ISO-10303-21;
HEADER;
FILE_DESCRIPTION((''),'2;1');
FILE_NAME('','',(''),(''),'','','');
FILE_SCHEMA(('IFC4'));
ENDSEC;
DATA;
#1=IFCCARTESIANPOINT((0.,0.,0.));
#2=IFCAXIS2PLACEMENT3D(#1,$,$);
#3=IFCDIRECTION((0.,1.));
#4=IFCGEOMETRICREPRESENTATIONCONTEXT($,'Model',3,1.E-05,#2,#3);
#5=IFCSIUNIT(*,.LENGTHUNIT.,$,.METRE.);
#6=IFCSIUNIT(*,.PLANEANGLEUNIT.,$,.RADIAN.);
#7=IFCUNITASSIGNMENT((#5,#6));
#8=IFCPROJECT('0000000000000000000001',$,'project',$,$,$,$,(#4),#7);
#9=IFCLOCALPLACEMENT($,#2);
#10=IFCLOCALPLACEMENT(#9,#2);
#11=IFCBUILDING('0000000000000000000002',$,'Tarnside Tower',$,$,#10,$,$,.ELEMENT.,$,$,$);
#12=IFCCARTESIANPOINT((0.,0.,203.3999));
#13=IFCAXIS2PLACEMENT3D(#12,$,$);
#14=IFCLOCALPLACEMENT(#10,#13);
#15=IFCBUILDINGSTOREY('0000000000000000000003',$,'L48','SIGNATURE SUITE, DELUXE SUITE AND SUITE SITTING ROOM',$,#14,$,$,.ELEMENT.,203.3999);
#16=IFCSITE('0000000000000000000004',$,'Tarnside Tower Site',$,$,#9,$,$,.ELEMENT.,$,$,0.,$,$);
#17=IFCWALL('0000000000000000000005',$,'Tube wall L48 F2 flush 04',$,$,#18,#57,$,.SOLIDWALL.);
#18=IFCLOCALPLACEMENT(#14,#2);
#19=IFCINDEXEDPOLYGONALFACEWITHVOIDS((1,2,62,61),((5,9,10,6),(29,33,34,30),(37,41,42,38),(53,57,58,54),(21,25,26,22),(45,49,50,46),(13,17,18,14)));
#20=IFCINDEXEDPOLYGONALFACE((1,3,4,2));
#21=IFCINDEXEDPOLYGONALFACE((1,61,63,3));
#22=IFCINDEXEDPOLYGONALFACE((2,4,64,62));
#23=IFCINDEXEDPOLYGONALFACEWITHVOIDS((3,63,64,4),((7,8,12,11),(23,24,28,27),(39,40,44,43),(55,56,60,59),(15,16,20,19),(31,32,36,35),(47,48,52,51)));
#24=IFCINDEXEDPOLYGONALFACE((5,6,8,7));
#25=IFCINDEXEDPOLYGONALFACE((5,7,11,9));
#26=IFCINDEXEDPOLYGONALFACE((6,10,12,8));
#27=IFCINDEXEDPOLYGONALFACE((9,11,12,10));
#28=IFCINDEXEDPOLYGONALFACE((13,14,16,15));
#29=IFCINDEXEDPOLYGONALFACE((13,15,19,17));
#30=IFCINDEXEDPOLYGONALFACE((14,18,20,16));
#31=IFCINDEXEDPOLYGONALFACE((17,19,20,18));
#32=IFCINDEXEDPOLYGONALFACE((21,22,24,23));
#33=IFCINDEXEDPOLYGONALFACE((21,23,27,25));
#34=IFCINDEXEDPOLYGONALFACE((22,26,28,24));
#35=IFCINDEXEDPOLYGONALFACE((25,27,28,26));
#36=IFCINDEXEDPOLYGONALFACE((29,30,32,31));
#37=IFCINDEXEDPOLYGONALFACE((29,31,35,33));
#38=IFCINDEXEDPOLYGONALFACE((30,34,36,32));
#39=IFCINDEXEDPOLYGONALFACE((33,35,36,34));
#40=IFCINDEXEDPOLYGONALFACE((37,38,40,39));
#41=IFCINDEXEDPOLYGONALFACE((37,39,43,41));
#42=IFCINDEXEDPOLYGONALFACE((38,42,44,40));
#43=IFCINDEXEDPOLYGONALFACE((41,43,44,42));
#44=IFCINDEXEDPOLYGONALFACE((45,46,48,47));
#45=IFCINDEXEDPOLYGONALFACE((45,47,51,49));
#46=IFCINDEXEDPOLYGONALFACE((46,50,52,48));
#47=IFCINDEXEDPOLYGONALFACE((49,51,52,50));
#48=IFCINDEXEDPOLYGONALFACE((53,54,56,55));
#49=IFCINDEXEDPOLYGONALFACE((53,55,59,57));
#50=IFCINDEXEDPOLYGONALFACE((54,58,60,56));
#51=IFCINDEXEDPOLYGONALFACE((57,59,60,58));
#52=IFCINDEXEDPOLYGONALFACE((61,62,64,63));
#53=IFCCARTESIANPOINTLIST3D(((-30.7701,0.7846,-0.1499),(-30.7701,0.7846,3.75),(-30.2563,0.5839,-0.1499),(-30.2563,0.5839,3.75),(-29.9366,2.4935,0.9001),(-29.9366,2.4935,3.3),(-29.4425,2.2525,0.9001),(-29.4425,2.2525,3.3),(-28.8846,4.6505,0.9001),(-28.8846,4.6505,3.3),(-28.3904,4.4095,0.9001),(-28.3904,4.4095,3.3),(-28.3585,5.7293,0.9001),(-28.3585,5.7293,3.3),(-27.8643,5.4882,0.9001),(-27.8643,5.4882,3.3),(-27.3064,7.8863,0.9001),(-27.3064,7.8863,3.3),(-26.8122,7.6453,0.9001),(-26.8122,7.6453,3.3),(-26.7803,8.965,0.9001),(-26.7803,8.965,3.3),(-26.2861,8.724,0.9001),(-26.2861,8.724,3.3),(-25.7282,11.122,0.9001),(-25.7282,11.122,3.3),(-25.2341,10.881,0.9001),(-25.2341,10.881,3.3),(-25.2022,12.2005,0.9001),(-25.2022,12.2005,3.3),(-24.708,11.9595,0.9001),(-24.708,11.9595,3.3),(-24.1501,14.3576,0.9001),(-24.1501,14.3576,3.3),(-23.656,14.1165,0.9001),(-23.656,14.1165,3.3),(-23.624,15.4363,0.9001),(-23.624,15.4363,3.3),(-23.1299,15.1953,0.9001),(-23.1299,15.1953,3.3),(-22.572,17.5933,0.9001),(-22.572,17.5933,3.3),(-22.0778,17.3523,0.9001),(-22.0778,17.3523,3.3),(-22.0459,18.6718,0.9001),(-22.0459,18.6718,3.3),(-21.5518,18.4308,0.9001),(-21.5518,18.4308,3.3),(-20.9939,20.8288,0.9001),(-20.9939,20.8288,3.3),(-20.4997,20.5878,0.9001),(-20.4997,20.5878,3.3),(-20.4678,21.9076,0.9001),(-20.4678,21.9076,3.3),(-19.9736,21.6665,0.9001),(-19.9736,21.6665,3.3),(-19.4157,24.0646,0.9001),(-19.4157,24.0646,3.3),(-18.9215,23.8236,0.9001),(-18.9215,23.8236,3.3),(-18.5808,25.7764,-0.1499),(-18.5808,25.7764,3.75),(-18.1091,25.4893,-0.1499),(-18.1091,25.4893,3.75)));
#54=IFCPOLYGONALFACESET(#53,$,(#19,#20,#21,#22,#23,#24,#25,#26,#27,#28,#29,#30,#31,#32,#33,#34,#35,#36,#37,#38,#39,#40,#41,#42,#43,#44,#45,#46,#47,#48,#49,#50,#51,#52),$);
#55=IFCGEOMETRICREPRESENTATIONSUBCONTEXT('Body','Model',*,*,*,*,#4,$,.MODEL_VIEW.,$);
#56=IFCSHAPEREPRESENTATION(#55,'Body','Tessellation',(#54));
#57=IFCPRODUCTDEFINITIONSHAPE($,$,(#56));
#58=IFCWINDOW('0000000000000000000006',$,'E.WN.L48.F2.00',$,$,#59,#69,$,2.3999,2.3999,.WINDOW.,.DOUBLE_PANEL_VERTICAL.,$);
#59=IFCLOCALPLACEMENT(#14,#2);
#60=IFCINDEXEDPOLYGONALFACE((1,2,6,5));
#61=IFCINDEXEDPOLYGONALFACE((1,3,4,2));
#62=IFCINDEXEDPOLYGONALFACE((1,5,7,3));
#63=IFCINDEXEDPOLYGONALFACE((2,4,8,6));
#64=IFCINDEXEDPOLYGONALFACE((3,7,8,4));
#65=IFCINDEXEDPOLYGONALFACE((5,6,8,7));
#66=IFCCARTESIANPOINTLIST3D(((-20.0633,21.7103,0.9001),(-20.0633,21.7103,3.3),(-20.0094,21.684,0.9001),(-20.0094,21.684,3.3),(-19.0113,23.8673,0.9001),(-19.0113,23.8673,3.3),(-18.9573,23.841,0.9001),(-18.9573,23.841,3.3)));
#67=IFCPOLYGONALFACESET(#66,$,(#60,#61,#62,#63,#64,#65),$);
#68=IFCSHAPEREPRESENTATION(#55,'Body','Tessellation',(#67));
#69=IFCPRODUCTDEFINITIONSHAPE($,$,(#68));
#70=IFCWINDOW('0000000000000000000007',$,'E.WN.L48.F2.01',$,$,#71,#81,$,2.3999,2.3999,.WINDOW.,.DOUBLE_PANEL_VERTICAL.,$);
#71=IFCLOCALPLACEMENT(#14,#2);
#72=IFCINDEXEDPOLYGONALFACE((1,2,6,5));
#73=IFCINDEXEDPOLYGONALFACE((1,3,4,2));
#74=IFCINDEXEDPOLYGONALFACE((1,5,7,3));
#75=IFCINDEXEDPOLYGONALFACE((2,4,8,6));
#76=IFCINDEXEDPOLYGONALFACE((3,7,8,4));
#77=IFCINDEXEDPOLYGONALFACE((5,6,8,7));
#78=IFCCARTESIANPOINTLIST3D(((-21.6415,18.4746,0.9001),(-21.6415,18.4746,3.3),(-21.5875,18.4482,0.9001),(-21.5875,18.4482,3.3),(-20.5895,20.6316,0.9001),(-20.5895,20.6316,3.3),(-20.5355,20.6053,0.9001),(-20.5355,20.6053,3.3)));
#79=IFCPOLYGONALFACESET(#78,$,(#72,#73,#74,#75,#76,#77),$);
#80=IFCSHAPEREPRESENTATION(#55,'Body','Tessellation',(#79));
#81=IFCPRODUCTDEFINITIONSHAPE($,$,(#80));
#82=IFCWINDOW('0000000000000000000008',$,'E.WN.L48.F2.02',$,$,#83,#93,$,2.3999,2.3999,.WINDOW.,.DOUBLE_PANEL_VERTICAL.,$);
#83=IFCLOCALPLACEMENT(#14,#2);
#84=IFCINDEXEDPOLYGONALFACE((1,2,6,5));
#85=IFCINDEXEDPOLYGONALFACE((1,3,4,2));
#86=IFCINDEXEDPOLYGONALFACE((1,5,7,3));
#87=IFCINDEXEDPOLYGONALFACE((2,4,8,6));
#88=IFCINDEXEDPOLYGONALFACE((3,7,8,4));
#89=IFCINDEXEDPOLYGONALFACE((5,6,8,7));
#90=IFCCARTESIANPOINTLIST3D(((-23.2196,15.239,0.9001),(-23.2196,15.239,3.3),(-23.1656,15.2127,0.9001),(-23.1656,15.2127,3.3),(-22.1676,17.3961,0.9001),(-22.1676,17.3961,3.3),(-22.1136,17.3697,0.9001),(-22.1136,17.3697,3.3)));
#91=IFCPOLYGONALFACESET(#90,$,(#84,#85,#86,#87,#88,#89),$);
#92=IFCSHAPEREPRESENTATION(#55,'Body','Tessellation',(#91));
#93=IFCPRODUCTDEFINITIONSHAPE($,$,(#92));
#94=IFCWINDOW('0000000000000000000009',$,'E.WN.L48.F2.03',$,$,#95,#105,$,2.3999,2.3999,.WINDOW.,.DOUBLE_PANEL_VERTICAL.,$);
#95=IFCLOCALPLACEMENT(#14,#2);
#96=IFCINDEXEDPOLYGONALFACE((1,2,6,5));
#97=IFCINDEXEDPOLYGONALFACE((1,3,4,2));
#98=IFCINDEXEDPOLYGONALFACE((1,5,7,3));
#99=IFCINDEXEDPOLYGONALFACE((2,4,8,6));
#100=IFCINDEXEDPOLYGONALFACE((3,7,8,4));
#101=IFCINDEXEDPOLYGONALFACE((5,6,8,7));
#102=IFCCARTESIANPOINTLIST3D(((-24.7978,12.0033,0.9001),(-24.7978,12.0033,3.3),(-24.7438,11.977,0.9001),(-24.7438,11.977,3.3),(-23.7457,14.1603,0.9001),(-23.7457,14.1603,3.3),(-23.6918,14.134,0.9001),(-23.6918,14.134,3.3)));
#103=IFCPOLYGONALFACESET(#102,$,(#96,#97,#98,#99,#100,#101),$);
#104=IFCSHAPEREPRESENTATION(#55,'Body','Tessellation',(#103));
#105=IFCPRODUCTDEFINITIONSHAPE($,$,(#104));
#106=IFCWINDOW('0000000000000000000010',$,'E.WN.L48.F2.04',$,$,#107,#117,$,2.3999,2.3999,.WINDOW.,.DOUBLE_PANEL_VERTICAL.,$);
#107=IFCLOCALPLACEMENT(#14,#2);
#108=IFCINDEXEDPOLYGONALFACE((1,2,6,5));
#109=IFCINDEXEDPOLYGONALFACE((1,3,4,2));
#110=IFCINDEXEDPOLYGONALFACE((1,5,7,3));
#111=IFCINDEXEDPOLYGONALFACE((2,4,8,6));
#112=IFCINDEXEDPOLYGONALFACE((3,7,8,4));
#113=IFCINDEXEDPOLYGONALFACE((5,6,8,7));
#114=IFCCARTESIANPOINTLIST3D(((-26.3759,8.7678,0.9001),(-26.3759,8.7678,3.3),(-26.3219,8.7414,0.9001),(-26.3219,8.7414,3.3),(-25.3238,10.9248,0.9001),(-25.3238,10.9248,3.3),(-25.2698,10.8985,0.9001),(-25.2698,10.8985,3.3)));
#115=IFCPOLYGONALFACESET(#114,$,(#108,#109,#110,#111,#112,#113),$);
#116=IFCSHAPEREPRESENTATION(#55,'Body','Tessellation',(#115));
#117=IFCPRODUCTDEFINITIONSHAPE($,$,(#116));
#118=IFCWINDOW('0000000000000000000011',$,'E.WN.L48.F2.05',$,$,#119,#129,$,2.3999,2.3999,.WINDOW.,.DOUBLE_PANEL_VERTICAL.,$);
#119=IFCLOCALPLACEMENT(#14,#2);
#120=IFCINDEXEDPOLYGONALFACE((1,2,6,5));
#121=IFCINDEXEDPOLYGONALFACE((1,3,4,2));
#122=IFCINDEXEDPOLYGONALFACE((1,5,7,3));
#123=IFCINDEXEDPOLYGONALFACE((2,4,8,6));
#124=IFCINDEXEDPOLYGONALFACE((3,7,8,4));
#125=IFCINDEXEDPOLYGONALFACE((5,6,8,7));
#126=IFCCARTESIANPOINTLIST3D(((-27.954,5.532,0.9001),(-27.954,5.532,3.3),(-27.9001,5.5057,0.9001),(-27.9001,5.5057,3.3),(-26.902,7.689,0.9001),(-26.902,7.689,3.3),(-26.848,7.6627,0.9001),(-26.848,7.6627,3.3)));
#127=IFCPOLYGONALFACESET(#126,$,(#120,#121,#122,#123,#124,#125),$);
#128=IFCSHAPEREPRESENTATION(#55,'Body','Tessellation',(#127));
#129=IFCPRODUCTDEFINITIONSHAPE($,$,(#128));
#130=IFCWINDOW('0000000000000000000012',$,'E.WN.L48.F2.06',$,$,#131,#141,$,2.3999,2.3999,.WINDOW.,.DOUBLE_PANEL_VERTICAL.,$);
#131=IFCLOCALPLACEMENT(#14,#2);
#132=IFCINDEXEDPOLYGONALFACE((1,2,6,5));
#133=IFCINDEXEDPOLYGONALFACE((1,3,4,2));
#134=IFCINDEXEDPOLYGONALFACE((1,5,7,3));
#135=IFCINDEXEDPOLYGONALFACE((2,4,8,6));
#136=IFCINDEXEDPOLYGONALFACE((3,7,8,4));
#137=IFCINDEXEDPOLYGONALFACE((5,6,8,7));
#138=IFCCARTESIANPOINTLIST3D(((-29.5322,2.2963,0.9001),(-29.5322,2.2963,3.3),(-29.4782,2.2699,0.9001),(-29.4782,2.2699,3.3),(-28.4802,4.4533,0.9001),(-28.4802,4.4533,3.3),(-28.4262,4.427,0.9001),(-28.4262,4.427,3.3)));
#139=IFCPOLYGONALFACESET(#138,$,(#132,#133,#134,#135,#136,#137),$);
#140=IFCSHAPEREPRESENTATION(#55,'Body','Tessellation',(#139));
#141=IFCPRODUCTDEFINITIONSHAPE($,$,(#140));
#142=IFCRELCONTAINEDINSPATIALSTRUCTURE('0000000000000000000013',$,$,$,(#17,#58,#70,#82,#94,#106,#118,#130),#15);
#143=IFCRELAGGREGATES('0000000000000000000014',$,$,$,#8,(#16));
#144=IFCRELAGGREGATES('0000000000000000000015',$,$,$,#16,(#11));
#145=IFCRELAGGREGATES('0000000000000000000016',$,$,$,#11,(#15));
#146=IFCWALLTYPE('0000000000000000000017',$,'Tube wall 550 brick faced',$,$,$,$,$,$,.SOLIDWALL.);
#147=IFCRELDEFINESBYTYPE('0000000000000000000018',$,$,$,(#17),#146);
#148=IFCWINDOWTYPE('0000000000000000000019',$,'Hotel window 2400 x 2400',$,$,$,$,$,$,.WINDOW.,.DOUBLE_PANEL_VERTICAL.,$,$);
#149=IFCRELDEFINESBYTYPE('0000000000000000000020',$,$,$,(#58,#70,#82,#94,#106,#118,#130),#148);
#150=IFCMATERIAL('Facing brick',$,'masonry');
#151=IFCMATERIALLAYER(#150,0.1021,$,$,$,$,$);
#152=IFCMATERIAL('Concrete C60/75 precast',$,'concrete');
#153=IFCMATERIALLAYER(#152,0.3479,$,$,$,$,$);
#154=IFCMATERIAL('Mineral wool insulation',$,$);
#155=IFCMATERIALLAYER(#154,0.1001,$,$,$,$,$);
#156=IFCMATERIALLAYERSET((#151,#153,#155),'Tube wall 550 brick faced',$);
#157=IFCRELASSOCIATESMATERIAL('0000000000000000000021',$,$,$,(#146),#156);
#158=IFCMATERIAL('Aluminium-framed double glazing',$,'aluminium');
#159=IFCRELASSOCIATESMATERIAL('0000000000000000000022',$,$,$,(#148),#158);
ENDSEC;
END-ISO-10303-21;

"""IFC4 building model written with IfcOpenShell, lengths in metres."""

from ifc_helpers import new_model, si_unit, direction, frame, frame_2d, origin, place, context, subcontext, project, spatial, polyline, rectangle, outline, extrude, material, layer, layer_set, type_object, element, fill, save


model = new_model("IFC4")

# Units and contexts
model_context = context("Model", 3, precision=1e-05, world=origin(), true_north=direction((0.0, 1.0)))
body_context = subcontext(model_context, "Body", "Model", "MODEL_VIEW")
ifc_project = project(units=[si_unit("LENGTHUNIT", "METRE"), si_unit("PLANEANGLEUNIT", "RADIAN")], contexts=[model_context])

# Site, building, storey
site_placement = place(None, origin())
site = spatial("IfcSite", under=ifc_project, at=site_placement, Name="Tarnside Tower Site", CompositionType="ELEMENT", RefElevation=0.0)
building_placement = place(site_placement, origin())
building = spatial("IfcBuilding", under=site, at=building_placement, Name="Tarnside Tower", CompositionType="ELEMENT")
storey_placement = place(building_placement, frame((0.0, 0.0, 203.3999)))
storey = spatial("IfcBuildingStorey", under=building, at=storey_placement, Name="L48", Description="SIGNATURE SUITE, DELUXE SUITE AND SUITE SITTING ROOM", CompositionType="ELEMENT", Elevation=203.3999)

# Shared definitions
ifc_material_1 = material(Name="Facing brick", Category="masonry")
ifc_layer_1 = layer(ifc_material_1, 0.1021)
ifc_material_2 = material(Name="Concrete C60/75 precast", Category="concrete")
ifc_layer_2 = layer(ifc_material_2, 0.3479)
ifc_material_3 = material(Name="Mineral wool insulation")
ifc_layer_3 = layer(ifc_material_3, 0.1001)
ifc_layer_set_1 = layer_set([ifc_layer_1, ifc_layer_2, ifc_layer_3], Name="Tube wall 550 brick faced")
wall_type_1 = type_object("IfcWallType", Name="Tube wall 550 brick faced", PredefinedType="SOLIDWALL", material=ifc_layer_set_1)

# Wall, openings, windows
wall_1_placement = place(storey_placement, frame((-18.345, 25.6328, -0.1499), z_axis=(0.0, 0.0, 1.0), x_axis=(-0.438372, -0.898794, 0.0)))
wall_1 = element("IfcWall", 1, at=wall_1_placement, inside=storey, type_object=wall_type_1, Name="Tube wall L48 F2 flush 04", PredefinedType="SOLIDWALL", context=body_context, shape_type="SweptSolid", body=[
    extrude(outline(polyline([(-0.0256, -0.2749), (27.7803, -0.2749), (27.7354, 0.2749), (0.0256, 0.2749), (-0.0256, -0.2749)])), origin(), (0.0, 0.0, 1.0), 3.8999),
])
opening_1_placement = place(wall_1_placement, frame((1.8789, 0.0, 1.05)))
opening_1 = element("IfcOpeningElement", 2, at=opening_1_placement, cuts=wall_1, PredefinedType="OPENING", context=body_context, shape_type="SweptSolid", body=[
    extrude(rectangle(XDim=2.3999, YDim=2.3999, at=frame_2d((1.2, 1.2))), frame((0.0, 0.2852, 0.0), z_axis=(0.0, -1.0, 0.0), x_axis=(1.0, 0.0, 0.0)), (0.0, 0.0, 1.0), 0.5701),
])
opening_2_placement = place(wall_1_placement, frame((5.479, 0.0, 1.05)))
opening_2 = element("IfcOpeningElement", 3, at=opening_2_placement, cuts=wall_1, PredefinedType="OPENING", context=body_context, shape_type="SweptSolid", body=[
    extrude(rectangle(XDim=2.3999, YDim=2.3999, at=frame_2d((1.2, 1.2))), frame((0.0, 0.2852, 0.0), z_axis=(0.0, -1.0, 0.0), x_axis=(1.0, 0.0, 0.0)), (0.0, 0.0, 1.0), 0.5701),
])
opening_3_placement = place(wall_1_placement, frame((9.0789, 0.0, 1.05)))
opening_3 = element("IfcOpeningElement", 4, at=opening_3_placement, cuts=wall_1, PredefinedType="OPENING", context=body_context, shape_type="SweptSolid", body=[
    extrude(rectangle(XDim=2.3999, YDim=2.3999, at=frame_2d((1.2, 1.2))), frame((0.0, 0.2852, 0.0), z_axis=(0.0, -1.0, 0.0), x_axis=(1.0, 0.0, 0.0)), (0.0, 0.0, 1.0), 0.5701),
])
opening_4_placement = place(wall_1_placement, frame((12.679, 0.0, 1.05)))
opening_4 = element("IfcOpeningElement", 5, at=opening_4_placement, cuts=wall_1, PredefinedType="OPENING", context=body_context, shape_type="SweptSolid", body=[
    extrude(rectangle(XDim=2.3999, YDim=2.3999, at=frame_2d((1.2, 1.2))), frame((0.0, 0.2852, 0.0), z_axis=(0.0, -1.0, 0.0), x_axis=(1.0, 0.0, 0.0)), (0.0, 0.0, 1.0), 0.5701),
])
opening_5_placement = place(wall_1_placement, frame((16.2788, 0.0, 1.05)))
opening_5 = element("IfcOpeningElement", 6, at=opening_5_placement, cuts=wall_1, PredefinedType="OPENING", context=body_context, shape_type="SweptSolid", body=[
    extrude(rectangle(XDim=2.3999, YDim=2.3999, at=frame_2d((1.2, 1.2))), frame((0.0, 0.2852, 0.0), z_axis=(0.0, -1.0, 0.0), x_axis=(1.0, 0.0, 0.0)), (0.0, 0.0, 1.0), 0.5701),
])
opening_6_placement = place(wall_1_placement, frame((19.8789, 0.0, 1.05)))
opening_6 = element("IfcOpeningElement", 7, at=opening_6_placement, cuts=wall_1, PredefinedType="OPENING", context=body_context, shape_type="SweptSolid", body=[
    extrude(rectangle(XDim=2.3999, YDim=2.3999, at=frame_2d((1.2, 1.2))), frame((0.0, 0.2852, 0.0), z_axis=(0.0, -1.0, 0.0), x_axis=(1.0, 0.0, 0.0)), (0.0, 0.0, 1.0), 0.5701),
])
opening_7_placement = place(wall_1_placement, frame((23.479, 0.0, 1.05)))
opening_7 = element("IfcOpeningElement", 8, at=opening_7_placement, cuts=wall_1, PredefinedType="OPENING", context=body_context, shape_type="SweptSolid", body=[
    extrude(rectangle(XDim=2.3999, YDim=2.3999, at=frame_2d((1.2, 1.2))), frame((0.0, 0.2852, 0.0), z_axis=(0.0, -1.0, 0.0), x_axis=(1.0, 0.0, 0.0)), (0.0, 0.0, 1.0), 0.5701),
])
ifc_material_4 = material(Name="Aluminium-framed double glazing", Category="aluminium")
window_type = type_object("IfcWindowType", Name="Hotel window 2400 x 2400", PartitioningType="DOUBLE_PANEL_VERTICAL", PredefinedType="WINDOW", material=ifc_material_4)
window_1_placement = place(opening_1_placement, frame((0.0, 0.2051, 0.0)))
window_1 = element("IfcWindow", 9, at=window_1_placement, inside=storey, type_object=window_type, Name="E.WN.L48.F2.00", OverallHeight=2.3999, OverallWidth=2.3999, PartitioningType="DOUBLE_PANEL_VERTICAL", PredefinedType="WINDOW", context=body_context, shape_type="SweptSolid", body=[
    extrude(rectangle(XDim=2.3999, YDim=2.3999, at=frame_2d((1.2, 1.2))), frame((0.0, 0.03, 0.0), z_axis=(0.0, -1.0, 0.0), x_axis=(1.0, 0.0, 0.0)), (0.0, 0.0, 1.0), 0.0601),
])
fill(opening_1, window_1)
window_2_placement = place(opening_2_placement, frame((0.0, 0.2051, 0.0)))
window_2 = element("IfcWindow", 10, at=window_2_placement, inside=storey, type_object=window_type, Name="E.WN.L48.F2.01", OverallHeight=2.3999, OverallWidth=2.3999, PartitioningType="DOUBLE_PANEL_VERTICAL", PredefinedType="WINDOW", context=body_context, shape_type="SweptSolid", body=[
    extrude(rectangle(XDim=2.3999, YDim=2.3999, at=frame_2d((1.2, 1.2))), frame((0.0, 0.03, 0.0), z_axis=(0.0, -1.0, 0.0), x_axis=(1.0, 0.0, 0.0)), (0.0, 0.0, 1.0), 0.0601),
])
fill(opening_2, window_2)
window_3_placement = place(opening_3_placement, frame((0.0, 0.2051, 0.0)))
window_3 = element("IfcWindow", 11, at=window_3_placement, inside=storey, type_object=window_type, Name="E.WN.L48.F2.02", OverallHeight=2.3999, OverallWidth=2.3999, PartitioningType="DOUBLE_PANEL_VERTICAL", PredefinedType="WINDOW", context=body_context, shape_type="SweptSolid", body=[
    extrude(rectangle(XDim=2.3999, YDim=2.3999, at=frame_2d((1.2, 1.2))), frame((0.0, 0.03, 0.0), z_axis=(0.0, -1.0, 0.0), x_axis=(1.0, 0.0, 0.0)), (0.0, 0.0, 1.0), 0.0601),
])
fill(opening_3, window_3)
window_4_placement = place(opening_4_placement, frame((0.0, 0.2051, 0.0)))
window_4 = element("IfcWindow", 12, at=window_4_placement, inside=storey, type_object=window_type, Name="E.WN.L48.F2.03", OverallHeight=2.3999, OverallWidth=2.3999, PartitioningType="DOUBLE_PANEL_VERTICAL", PredefinedType="WINDOW", context=body_context, shape_type="SweptSolid", body=[
    extrude(rectangle(XDim=2.3999, YDim=2.3999, at=frame_2d((1.2, 1.2))), frame((0.0, 0.03, 0.0), z_axis=(0.0, -1.0, 0.0), x_axis=(1.0, 0.0, 0.0)), (0.0, 0.0, 1.0), 0.0601),
])
fill(opening_4, window_4)
window_5_placement = place(opening_5_placement, frame((0.0, 0.2051, 0.0)))
window_5 = element("IfcWindow", 13, at=window_5_placement, inside=storey, type_object=window_type, Name="E.WN.L48.F2.04", OverallHeight=2.3999, OverallWidth=2.3999, PartitioningType="DOUBLE_PANEL_VERTICAL", PredefinedType="WINDOW", context=body_context, shape_type="SweptSolid", body=[
    extrude(rectangle(XDim=2.3999, YDim=2.3999, at=frame_2d((1.2, 1.2))), frame((0.0, 0.03, 0.0), z_axis=(0.0, -1.0, 0.0), x_axis=(1.0, 0.0, 0.0)), (0.0, 0.0, 1.0), 0.0601),
])
fill(opening_5, window_5)
window_6_placement = place(opening_6_placement, frame((0.0, 0.2051, 0.0)))
window_6 = element("IfcWindow", 14, at=window_6_placement, inside=storey, type_object=window_type, Name="E.WN.L48.F2.05", OverallHeight=2.3999, OverallWidth=2.3999, PartitioningType="DOUBLE_PANEL_VERTICAL", PredefinedType="WINDOW", context=body_context, shape_type="SweptSolid", body=[
    extrude(rectangle(XDim=2.3999, YDim=2.3999, at=frame_2d((1.2, 1.2))), frame((0.0, 0.03, 0.0), z_axis=(0.0, -1.0, 0.0), x_axis=(1.0, 0.0, 0.0)), (0.0, 0.0, 1.0), 0.0601),
])
fill(opening_6, window_6)
window_7_placement = place(opening_7_placement, frame((0.0, 0.2051, 0.0)))
window_7 = element("IfcWindow", 15, at=window_7_placement, inside=storey, type_object=window_type, Name="E.WN.L48.F2.06", OverallHeight=2.3999, OverallWidth=2.3999, PartitioningType="DOUBLE_PANEL_VERTICAL", PredefinedType="WINDOW", context=body_context, shape_type="SweptSolid", body=[
    extrude(rectangle(XDim=2.3999, YDim=2.3999, at=frame_2d((1.2, 1.2))), frame((0.0, 0.03, 0.0), z_axis=(0.0, -1.0, 0.0), x_axis=(1.0, 0.0, 0.0)), (0.0, 0.0, 1.0), 0.0601),
])
fill(opening_7, window_7)

save(model, "model.ifc")
